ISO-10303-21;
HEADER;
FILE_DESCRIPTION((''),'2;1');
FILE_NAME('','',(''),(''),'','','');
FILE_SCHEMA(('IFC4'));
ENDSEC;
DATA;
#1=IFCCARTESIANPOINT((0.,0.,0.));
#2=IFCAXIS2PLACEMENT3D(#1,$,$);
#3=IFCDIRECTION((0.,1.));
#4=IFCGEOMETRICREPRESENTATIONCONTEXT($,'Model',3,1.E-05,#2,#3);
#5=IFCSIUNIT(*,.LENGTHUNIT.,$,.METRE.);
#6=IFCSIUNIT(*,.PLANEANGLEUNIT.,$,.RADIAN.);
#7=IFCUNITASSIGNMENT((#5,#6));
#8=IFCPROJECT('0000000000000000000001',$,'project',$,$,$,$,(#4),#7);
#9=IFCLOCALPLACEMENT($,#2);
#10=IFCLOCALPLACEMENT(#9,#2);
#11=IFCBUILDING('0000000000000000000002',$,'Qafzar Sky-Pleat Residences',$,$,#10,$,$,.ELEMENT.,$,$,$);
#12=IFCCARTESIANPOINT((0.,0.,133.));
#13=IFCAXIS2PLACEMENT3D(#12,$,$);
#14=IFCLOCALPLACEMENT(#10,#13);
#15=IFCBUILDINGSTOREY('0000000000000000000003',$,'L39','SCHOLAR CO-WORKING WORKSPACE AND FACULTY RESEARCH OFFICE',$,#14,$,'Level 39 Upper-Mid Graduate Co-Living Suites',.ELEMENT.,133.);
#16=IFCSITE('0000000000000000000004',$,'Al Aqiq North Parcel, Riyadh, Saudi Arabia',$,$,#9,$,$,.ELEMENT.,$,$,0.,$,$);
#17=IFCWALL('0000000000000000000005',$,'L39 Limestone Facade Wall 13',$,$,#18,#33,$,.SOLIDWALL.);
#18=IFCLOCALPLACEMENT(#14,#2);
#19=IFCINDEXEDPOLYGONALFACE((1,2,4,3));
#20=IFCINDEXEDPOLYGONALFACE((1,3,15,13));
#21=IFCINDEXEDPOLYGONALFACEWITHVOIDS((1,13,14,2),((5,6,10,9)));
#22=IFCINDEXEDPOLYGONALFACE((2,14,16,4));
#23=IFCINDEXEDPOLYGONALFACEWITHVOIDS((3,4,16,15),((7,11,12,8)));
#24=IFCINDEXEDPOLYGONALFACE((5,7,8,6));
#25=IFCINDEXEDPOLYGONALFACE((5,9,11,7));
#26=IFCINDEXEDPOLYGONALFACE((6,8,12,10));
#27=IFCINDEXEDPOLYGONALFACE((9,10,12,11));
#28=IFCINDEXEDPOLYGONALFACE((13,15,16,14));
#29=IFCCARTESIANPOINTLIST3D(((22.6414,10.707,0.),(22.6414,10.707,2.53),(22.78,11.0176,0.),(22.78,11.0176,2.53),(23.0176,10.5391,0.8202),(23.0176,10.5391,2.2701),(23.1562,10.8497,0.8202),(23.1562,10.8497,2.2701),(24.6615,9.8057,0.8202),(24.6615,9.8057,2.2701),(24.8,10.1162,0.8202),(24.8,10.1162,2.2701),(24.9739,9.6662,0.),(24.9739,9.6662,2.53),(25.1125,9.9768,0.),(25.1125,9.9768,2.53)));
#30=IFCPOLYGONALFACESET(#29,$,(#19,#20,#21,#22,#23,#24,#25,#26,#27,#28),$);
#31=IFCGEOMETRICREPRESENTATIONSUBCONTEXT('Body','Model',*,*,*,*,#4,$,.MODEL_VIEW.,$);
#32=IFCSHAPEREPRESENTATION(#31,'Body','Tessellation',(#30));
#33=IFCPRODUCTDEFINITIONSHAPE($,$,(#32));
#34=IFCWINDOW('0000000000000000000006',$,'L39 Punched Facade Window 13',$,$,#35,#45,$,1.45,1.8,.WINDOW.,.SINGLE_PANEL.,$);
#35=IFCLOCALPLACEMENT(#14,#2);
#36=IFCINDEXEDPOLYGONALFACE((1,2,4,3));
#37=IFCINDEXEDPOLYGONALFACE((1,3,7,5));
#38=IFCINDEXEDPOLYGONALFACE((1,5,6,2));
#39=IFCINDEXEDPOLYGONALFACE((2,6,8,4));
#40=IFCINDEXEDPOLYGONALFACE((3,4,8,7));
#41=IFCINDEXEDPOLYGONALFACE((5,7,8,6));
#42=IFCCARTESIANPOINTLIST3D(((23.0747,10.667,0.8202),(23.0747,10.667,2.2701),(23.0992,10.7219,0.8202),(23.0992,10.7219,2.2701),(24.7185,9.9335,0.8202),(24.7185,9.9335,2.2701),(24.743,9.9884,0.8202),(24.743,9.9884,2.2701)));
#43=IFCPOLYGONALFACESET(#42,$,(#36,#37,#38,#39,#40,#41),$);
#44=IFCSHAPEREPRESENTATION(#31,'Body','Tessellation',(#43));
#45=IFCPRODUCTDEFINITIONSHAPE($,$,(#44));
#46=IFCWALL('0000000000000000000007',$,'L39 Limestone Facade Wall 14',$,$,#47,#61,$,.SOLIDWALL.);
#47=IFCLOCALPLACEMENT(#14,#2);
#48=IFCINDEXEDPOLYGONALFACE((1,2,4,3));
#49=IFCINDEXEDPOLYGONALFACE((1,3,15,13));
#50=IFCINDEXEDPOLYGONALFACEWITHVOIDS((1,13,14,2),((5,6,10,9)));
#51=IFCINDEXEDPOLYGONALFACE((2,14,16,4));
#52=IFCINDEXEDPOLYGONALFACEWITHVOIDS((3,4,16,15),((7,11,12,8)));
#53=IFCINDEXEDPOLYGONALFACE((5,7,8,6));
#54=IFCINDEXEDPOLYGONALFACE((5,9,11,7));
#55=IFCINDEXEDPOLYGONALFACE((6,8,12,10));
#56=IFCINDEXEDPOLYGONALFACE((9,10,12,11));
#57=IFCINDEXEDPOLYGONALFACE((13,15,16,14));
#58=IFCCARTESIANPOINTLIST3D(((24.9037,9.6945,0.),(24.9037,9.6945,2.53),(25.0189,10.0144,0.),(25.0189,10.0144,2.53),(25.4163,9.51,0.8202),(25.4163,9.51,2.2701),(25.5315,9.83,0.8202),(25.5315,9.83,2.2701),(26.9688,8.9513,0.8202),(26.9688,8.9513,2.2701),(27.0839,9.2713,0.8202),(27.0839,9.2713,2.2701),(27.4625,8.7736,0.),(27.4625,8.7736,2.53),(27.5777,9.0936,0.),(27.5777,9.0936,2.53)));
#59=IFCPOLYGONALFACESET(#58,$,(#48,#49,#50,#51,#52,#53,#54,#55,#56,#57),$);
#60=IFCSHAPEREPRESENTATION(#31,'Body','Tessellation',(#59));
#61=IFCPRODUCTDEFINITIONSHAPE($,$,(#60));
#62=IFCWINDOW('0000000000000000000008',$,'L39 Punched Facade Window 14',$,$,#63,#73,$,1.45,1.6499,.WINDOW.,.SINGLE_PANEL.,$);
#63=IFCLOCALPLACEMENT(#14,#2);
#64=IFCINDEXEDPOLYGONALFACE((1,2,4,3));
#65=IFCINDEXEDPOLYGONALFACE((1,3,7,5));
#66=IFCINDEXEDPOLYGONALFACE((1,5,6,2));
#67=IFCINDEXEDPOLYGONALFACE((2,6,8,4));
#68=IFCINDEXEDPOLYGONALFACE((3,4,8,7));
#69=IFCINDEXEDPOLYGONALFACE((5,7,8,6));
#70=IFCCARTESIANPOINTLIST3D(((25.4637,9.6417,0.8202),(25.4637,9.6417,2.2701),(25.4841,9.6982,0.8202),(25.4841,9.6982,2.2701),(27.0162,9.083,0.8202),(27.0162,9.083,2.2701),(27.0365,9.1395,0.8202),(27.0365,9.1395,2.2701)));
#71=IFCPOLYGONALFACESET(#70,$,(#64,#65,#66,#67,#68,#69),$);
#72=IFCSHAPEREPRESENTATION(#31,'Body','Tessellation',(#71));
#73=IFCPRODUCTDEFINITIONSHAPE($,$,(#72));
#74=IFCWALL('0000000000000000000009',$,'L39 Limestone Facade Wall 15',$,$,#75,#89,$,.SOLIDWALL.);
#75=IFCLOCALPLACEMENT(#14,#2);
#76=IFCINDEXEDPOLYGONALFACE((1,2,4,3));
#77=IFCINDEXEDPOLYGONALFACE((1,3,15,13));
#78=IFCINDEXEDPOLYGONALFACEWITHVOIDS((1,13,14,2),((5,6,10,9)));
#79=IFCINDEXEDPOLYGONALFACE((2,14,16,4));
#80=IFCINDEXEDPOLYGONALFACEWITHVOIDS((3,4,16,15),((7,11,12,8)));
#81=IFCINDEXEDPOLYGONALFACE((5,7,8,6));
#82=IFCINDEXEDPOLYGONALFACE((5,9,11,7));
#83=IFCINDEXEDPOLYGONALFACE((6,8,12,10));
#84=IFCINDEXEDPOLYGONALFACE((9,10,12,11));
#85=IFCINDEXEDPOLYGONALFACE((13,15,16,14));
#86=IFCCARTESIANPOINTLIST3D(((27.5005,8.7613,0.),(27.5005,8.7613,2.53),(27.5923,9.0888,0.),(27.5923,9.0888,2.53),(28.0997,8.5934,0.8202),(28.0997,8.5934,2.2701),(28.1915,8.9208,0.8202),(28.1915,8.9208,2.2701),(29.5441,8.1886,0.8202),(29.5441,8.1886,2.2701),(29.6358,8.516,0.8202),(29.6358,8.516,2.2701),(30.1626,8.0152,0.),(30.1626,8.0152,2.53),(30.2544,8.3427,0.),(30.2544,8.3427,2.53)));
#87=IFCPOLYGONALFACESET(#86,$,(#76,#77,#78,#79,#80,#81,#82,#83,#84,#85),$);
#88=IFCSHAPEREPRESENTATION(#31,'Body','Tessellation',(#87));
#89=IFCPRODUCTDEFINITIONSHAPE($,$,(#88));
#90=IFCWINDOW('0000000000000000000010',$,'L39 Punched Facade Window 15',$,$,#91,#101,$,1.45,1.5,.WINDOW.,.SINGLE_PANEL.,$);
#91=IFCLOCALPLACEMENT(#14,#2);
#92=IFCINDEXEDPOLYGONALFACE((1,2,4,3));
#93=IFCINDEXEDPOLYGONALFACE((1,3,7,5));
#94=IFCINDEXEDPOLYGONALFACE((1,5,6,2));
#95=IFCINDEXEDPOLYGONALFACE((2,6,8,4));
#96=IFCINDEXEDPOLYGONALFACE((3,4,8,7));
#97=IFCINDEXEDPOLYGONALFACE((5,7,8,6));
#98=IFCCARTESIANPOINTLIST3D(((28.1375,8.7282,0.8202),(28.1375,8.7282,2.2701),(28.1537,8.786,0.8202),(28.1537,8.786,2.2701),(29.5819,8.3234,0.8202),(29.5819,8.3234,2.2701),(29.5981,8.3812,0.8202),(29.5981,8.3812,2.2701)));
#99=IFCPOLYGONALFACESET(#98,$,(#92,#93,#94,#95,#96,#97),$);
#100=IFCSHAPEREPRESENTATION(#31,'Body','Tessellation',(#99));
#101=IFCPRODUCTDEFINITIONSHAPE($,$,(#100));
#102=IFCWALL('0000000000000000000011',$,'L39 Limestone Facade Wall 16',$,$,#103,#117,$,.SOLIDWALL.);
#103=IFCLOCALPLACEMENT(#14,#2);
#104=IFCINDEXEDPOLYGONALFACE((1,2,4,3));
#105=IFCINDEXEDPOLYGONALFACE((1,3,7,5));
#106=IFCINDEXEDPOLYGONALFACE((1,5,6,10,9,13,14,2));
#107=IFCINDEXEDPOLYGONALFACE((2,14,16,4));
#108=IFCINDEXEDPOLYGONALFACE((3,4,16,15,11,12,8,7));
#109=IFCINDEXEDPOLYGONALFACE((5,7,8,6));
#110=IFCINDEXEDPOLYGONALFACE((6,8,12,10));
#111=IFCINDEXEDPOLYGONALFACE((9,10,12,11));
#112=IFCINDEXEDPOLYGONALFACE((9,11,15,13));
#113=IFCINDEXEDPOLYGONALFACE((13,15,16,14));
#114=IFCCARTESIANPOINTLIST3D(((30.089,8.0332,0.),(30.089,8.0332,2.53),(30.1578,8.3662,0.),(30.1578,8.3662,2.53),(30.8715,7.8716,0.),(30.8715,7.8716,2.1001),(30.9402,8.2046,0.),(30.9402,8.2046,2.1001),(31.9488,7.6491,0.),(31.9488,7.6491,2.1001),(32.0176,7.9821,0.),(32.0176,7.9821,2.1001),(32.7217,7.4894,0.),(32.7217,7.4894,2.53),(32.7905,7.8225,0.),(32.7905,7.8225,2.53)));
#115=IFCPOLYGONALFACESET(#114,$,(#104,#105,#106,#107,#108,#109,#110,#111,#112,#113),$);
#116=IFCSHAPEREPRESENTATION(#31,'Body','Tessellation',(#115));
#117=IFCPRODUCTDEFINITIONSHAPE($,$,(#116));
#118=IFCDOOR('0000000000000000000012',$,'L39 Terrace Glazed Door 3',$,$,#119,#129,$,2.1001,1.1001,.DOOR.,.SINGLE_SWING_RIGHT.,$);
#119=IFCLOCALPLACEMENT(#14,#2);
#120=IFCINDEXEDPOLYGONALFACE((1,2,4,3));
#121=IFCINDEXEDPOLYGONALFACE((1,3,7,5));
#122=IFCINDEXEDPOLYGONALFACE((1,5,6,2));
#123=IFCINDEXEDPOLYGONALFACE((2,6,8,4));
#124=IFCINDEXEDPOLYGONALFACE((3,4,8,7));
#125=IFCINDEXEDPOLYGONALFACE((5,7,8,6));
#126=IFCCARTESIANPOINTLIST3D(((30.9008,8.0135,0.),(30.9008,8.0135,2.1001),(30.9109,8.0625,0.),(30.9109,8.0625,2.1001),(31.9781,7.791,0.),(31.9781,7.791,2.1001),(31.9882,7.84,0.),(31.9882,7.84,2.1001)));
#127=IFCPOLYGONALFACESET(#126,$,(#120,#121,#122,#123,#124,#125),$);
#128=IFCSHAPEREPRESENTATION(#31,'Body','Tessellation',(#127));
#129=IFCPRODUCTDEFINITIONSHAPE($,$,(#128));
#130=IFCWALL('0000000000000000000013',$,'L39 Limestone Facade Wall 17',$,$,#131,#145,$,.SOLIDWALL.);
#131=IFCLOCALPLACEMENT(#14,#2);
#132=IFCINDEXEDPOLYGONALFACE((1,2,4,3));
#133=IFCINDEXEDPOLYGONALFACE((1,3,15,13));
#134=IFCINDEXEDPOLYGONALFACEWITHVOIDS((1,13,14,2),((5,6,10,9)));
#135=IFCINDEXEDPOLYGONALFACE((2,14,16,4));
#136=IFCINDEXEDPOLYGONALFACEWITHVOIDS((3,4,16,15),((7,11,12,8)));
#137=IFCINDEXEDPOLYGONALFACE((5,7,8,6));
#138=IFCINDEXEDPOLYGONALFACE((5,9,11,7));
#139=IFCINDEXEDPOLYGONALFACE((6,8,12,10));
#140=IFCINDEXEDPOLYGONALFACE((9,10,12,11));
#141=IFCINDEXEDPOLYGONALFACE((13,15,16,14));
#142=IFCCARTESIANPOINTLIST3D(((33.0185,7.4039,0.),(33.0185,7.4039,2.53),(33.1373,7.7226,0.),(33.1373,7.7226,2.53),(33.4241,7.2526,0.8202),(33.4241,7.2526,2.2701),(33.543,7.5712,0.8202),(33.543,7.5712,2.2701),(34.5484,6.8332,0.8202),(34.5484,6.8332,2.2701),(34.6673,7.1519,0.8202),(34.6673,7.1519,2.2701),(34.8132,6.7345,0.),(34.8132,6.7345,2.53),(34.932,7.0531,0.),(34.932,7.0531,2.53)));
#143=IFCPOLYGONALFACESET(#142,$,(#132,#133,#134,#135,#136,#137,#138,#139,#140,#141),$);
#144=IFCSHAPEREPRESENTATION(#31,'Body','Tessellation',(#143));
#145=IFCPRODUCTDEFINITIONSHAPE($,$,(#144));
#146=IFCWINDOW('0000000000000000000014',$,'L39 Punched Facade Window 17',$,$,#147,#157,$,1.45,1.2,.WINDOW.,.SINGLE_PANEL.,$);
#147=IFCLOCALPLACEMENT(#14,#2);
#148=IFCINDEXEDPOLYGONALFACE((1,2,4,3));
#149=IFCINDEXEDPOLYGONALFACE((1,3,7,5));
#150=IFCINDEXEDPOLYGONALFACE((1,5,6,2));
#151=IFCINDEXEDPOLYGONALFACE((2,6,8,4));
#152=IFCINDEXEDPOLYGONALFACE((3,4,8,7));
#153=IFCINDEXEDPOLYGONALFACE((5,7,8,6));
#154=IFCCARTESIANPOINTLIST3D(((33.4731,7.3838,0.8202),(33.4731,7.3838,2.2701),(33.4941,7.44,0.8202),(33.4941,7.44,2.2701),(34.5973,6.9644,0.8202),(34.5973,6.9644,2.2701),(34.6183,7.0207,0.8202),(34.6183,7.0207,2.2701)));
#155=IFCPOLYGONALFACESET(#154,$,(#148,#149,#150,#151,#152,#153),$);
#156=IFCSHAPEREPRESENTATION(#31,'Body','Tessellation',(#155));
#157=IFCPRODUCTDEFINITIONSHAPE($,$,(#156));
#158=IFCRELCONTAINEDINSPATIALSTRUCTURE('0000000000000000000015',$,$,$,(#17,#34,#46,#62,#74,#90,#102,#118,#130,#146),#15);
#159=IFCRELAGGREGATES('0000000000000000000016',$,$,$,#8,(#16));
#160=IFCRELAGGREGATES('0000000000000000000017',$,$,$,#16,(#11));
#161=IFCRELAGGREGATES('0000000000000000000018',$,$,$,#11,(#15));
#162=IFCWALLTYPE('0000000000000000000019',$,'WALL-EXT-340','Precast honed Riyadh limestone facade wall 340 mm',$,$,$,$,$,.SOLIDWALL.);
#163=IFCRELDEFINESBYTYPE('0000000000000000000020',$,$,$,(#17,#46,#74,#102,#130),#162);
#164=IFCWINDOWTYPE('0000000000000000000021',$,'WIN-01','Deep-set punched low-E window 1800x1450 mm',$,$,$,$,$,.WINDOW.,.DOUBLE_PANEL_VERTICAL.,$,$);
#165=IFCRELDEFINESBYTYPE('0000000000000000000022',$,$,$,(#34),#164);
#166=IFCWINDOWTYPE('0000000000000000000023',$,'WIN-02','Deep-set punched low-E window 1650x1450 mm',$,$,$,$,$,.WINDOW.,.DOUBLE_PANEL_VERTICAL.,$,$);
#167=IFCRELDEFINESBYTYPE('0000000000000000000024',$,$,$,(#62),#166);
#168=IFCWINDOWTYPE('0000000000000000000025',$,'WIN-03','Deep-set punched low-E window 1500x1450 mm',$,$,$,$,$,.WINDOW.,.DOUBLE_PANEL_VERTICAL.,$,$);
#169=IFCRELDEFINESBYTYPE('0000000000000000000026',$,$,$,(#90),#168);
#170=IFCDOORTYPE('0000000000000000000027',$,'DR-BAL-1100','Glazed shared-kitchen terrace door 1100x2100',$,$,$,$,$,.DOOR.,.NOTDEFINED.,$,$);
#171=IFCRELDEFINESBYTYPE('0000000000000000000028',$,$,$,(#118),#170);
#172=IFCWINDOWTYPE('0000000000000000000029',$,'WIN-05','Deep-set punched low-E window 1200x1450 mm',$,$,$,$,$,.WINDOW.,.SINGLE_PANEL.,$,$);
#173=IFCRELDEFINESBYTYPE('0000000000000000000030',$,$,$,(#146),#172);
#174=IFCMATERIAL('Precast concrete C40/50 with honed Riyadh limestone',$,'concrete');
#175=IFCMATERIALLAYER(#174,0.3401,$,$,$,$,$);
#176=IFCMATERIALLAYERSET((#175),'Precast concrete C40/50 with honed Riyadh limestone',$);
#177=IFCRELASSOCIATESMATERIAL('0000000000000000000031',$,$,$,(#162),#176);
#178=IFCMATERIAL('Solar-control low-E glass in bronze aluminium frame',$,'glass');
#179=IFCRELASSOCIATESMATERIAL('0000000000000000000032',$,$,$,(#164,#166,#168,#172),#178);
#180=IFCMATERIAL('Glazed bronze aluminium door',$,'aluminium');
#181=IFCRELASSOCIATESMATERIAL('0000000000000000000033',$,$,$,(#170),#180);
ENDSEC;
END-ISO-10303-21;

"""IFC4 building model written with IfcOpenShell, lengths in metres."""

from ifc_helpers import new_model, si_unit, direction, frame, frame_2d, origin, place, context, subcontext, project, spatial, rectangle, extrude, source, transform, mapped, material, layer, layer_set, type_object, element, fill, save


model = new_model("IFC4")

# Units and contexts
model_context = context("Model", 3, precision=1e-05, world=origin(), true_north=direction((0.0, 1.0)))
body_context = subcontext(model_context, "Body", "Model", "MODEL_VIEW")
ifc_project = project(units=[si_unit("LENGTHUNIT", "METRE"), si_unit("PLANEANGLEUNIT", "RADIAN")], contexts=[model_context])

# Site, building, storey
site_placement = place(None, origin())
site = spatial("IfcSite", under=ifc_project, at=site_placement, Name="Al Aqiq North Parcel, Riyadh, Saudi Arabia", CompositionType="ELEMENT", RefElevation=0.0)
building_placement = place(site_placement, origin())
building = spatial("IfcBuilding", under=site, at=building_placement, Name="Qafzar Sky-Pleat Residences", CompositionType="ELEMENT")
storey_placement = place(building_placement, frame((0.0, 0.0, 133.0)))
storey = spatial("IfcBuildingStorey", under=building, at=storey_placement, Name="L39", Description="SCHOLAR CO-WORKING WORKSPACE AND FACULTY RESEARCH OFFICE", LongName="Level 39 Upper-Mid Graduate Co-Living Suites", CompositionType="ELEMENT", Elevation=133.0)

# Walls, openings, windows
ifc_material_1 = material(Name="Precast concrete C40/50 with honed Riyadh limestone", Category="concrete")
ifc_layer_1 = layer(ifc_material_1, 0.3401)
ifc_layer_set_1 = layer_set([ifc_layer_1], Name="Precast concrete C40/50 with honed Riyadh limestone")
wall_type_1 = type_object("IfcWallType", Name="WALL-EXT-340", Description="Precast honed Riyadh limestone facade wall 340 mm", PredefinedType="SOLIDWALL", material=ifc_layer_set_1)
wall_1_placement = place(storey_placement, frame((22.7107, 10.8623, 0.0), z_axis=(0.0, 0.0, 1.0), x_axis=(0.913215, -0.407477, 0.0)))
wall_1 = element("IfcWall", 1, at=wall_1_placement, inside=storey, type_object=wall_type_1, Name="L39 Limestone Facade Wall 13", PredefinedType="SOLIDWALL", context=body_context, shape_type="SweptSolid", body=[
    extrude(rectangle(XDim=2.5542, YDim=0.3401, at=frame_2d((1.2771, 0.0))), origin(), (0.0, 0.0, 1.0), 2.53),
])
opening_1_placement = place(wall_1_placement, frame((0.4121, 0.0, 0.8201)))
opening_1 = element("IfcOpeningElement", 2, at=opening_1_placement, cuts=wall_1, PredefinedType="OPENING", context=body_context, shape_type="SweptSolid", body=[
    extrude(rectangle(XDim=1.8, YDim=1.45, at=frame_2d((0.8999, 0.7251))), frame((0.0, 0.1802, 0.0), z_axis=(0.0, -1.0, 0.0), x_axis=(1.0, 0.0, 0.0)), (0.0, 0.0, 1.0), 0.3601),
])
ifc_material_2 = material(Name="Solar-control low-E glass in bronze aluminium frame", Category="glass")
window_type_1 = type_object("IfcWindowType", Name="WIN-01", Description="Deep-set punched low-E window 1800x1450 mm", PartitioningType="DOUBLE_PANEL_VERTICAL", PredefinedType="WINDOW", material=ifc_material_2)
shared_shape_1 = source(origin(), body_context, "Body", "SweptSolid", [
    extrude(rectangle(XDim=1.8, YDim=1.45, at=frame_2d((0.8999, 0.7251))), frame((0.0, 0.03, 0.0), z_axis=(0.0, -1.0, 0.0), x_axis=(1.0, 0.0, 0.0)), (0.0, 0.0, 1.0), 0.0601),
])
window_1_placement = place(opening_1_placement, origin())
window_1 = element("IfcWindow", 3, at=window_1_placement, inside=storey, type_object=window_type_1, Name="L39 Punched Facade Window 13", OverallHeight=1.45, OverallWidth=1.8, PartitioningType="SINGLE_PANEL", PredefinedType="WINDOW", context=body_context, shape_type="MappedRepresentation", body=[
    mapped(shared_shape_1, transform((0.0, 0.0, 0.0), x_axis=(1.0, 0.0, 0.0), y_axis=(0.0, 1.0, 0.0), z_axis=(0.0, 0.0, 1.0), scale=1.0)),
])
fill(opening_1, window_1)
wall_2_placement = place(storey_placement, frame((24.9612, 9.8545, 0.0), z_axis=(0.0, 0.0, 1.0), x_axis=(0.940921, -0.338627, 0.0)))
wall_2 = element("IfcWall", 4, at=wall_2_placement, inside=storey, type_object=wall_type_1, Name="L39 Limestone Facade Wall 14", PredefinedType="SOLIDWALL", context=body_context, shape_type="SweptSolid", body=[
    extrude(rectangle(XDim=2.7195, YDim=0.3401, at=frame_2d((1.3599, 0.0))), origin(), (0.0, 0.0, 1.0), 2.53),
])
opening_2_placement = place(wall_2_placement, frame((0.5449, 0.0, 0.8201)))
opening_2 = element("IfcOpeningElement", 5, at=opening_2_placement, cuts=wall_2, PredefinedType="OPENING", context=body_context, shape_type="SweptSolid", body=[
    extrude(rectangle(XDim=1.6499, YDim=1.45, at=frame_2d((0.825, 0.7251))), frame((0.0, 0.1802, 0.0), z_axis=(0.0, -1.0, 0.0), x_axis=(1.0, 0.0, 0.0)), (0.0, 0.0, 1.0), 0.3601),
])
window_type_2 = type_object("IfcWindowType", Name="WIN-02", Description="Deep-set punched low-E window 1650x1450 mm", PartitioningType="DOUBLE_PANEL_VERTICAL", PredefinedType="WINDOW", material=ifc_material_2)
shared_shape_2 = source(origin(), body_context, "Body", "SweptSolid", [
    extrude(rectangle(XDim=1.6499, YDim=1.45, at=frame_2d((0.825, 0.7251))), frame((0.0, 0.03, 0.0), z_axis=(0.0, -1.0, 0.0), x_axis=(1.0, 0.0, 0.0)), (0.0, 0.0, 1.0), 0.0601),
])
window_2_placement = place(opening_2_placement, origin())
window_2 = element("IfcWindow", 6, at=window_2_placement, inside=storey, type_object=window_type_2, Name="L39 Punched Facade Window 14", OverallHeight=1.45, OverallWidth=1.6499, PartitioningType="SINGLE_PANEL", PredefinedType="WINDOW", context=body_context, shape_type="MappedRepresentation", body=[
    mapped(shared_shape_2, transform((0.0, 0.0, 0.0), x_axis=(1.0, 0.0, 0.0), y_axis=(0.0, 1.0, 0.0), z_axis=(0.0, 0.0, 1.0), scale=1.0)),
])
fill(opening_2, window_2)
wall_3_placement = place(storey_placement, frame((27.5464, 8.925, 0.0), z_axis=(0.0, 0.0, 1.0), x_axis=(0.962898, -0.269866, 0.0)))
wall_3 = element("IfcWall", 7, at=wall_3_placement, inside=storey, type_object=wall_type_1, Name="L39 Limestone Facade Wall 15", PredefinedType="SOLIDWALL", context=body_context, shape_type="SweptSolid", body=[
    extrude(rectangle(XDim=2.7646, YDim=0.3401, at=frame_2d((1.3823, 0.0))), origin(), (0.0, 0.0, 1.0), 2.53),
])
opening_3_placement = place(wall_3_placement, frame((0.6223, 0.0, 0.8201)))
opening_3 = element("IfcOpeningElement", 8, at=opening_3_placement, cuts=wall_3, PredefinedType="OPENING", context=body_context, shape_type="SweptSolid", body=[
    extrude(rectangle(XDim=1.5, YDim=1.45, at=frame_2d((0.75, 0.7251))), frame((0.0, 0.1802, 0.0), z_axis=(0.0, -1.0, 0.0), x_axis=(1.0, 0.0, 0.0)), (0.0, 0.0, 1.0), 0.3601),
])
window_type_3 = type_object("IfcWindowType", Name="WIN-03", Description="Deep-set punched low-E window 1500x1450 mm", PartitioningType="DOUBLE_PANEL_VERTICAL", PredefinedType="WINDOW", material=ifc_material_2)
shared_shape_3 = source(origin(), body_context, "Body", "SweptSolid", [
    extrude(rectangle(XDim=1.5, YDim=1.45, at=frame_2d((0.75, 0.7251))), frame((0.0, 0.03, 0.0), z_axis=(0.0, -1.0, 0.0), x_axis=(1.0, 0.0, 0.0)), (0.0, 0.0, 1.0), 0.0601),
])
window_3_placement = place(opening_3_placement, origin())
window_3 = element("IfcWindow", 9, at=window_3_placement, inside=storey, type_object=window_type_3, Name="L39 Punched Facade Window 15", OverallHeight=1.45, OverallWidth=1.5, PartitioningType="SINGLE_PANEL", PredefinedType="WINDOW", context=body_context, shape_type="MappedRepresentation", body=[
    mapped(shared_shape_3, transform((0.0, 0.0, 0.0), x_axis=(1.0, 0.0, 0.0), y_axis=(0.0, 1.0, 0.0), z_axis=(0.0, 0.0, 1.0), scale=1.0)),
])
fill(opening_3, window_3)

# Wall, opening, door
wall_4_placement = place(storey_placement, frame((30.1233, 8.1997, 0.0), z_axis=(0.0, 0.0, 1.0), x_axis=(0.979332, -0.20226, 0.0)))
wall_4 = element("IfcWall", 10, at=wall_4_placement, inside=storey, type_object=wall_type_1, Name="L39 Limestone Facade Wall 16", PredefinedType="SOLIDWALL", context=body_context, shape_type="SweptSolid", body=[
    extrude(rectangle(XDim=2.6882, YDim=0.3401, at=frame_2d((1.3442, 0.0))), origin(), (0.0, 0.0, 1.0), 2.53),
])
opening_4_placement = place(wall_4_placement, frame((0.7991, 0.0, 0.0)))
opening_4 = element("IfcOpeningElement", 11, at=opening_4_placement, cuts=wall_4, PredefinedType="OPENING", context=body_context, shape_type="SweptSolid", body=[
    extrude(rectangle(XDim=1.1001, YDim=2.1001, at=frame_2d((0.55, 1.05))), frame((0.0, 0.1802, 0.0), z_axis=(0.0, -1.0, 0.0), x_axis=(1.0, 0.0, 0.0)), (0.0, 0.0, 1.0), 0.3601),
])
ifc_material_3 = material(Name="Glazed bronze aluminium door", Category="aluminium")
door_type = type_object("IfcDoorType", Name="DR-BAL-1100", Description="Glazed shared-kitchen terrace door 1100x2100", OperationType="NOTDEFINED", PredefinedType="DOOR", material=ifc_material_3)
shared_shape_4 = source(origin(), body_context, "Body", "SweptSolid", [
    extrude(rectangle(XDim=1.1001, YDim=2.1001, at=frame_2d((0.55, 1.05))), frame((0.0, 0.0249, 0.0), z_axis=(0.0, -1.0, 0.0), x_axis=(1.0, 0.0, 0.0)), (0.0, 0.0, 1.0), 0.05),
])
door_placement = place(opening_4_placement, origin())
door = element("IfcDoor", 12, at=door_placement, inside=storey, type_object=door_type, Name="L39 Terrace Glazed Door 3", OperationType="SINGLE_SWING_RIGHT", OverallHeight=2.1001, OverallWidth=1.1001, PredefinedType="DOOR", context=body_context, shape_type="MappedRepresentation", body=[
    mapped(shared_shape_4, transform((0.0, 0.0, 0.0), x_axis=(1.0, 0.0, 0.0), y_axis=(0.0, 1.0, 0.0), z_axis=(0.0, 0.0, 1.0), scale=1.0)),
])
fill(opening_4, door)

# Wall, opening, window
wall_5_placement = place(storey_placement, frame((33.0779, 7.5632, 0.0), z_axis=(0.0, 0.0, 1.0), x_axis=(0.936941, -0.349489, 0.0)))
wall_5 = element("IfcWall", 13, at=wall_5_placement, inside=storey, type_object=wall_type_1, Name="L39 Limestone Facade Wall 17", PredefinedType="SOLIDWALL", context=body_context, shape_type="SweptSolid", body=[
    extrude(rectangle(XDim=1.9155, YDim=0.3401, at=frame_2d((0.9578, 0.0))), origin(), (0.0, 0.0, 1.0), 2.53),
])
opening_5_placement = place(wall_5_placement, frame((0.4329, 0.0, 0.8201)))
opening_5 = element("IfcOpeningElement", 14, at=opening_5_placement, cuts=wall_5, PredefinedType="OPENING", context=body_context, shape_type="SweptSolid", body=[
    extrude(rectangle(XDim=1.2, YDim=1.45, at=frame_2d((0.6001, 0.7251))), frame((0.0, 0.1802, 0.0), z_axis=(0.0, -1.0, 0.0), x_axis=(1.0, 0.0, 0.0)), (0.0, 0.0, 1.0), 0.3601),
])
window_type_4 = type_object("IfcWindowType", Name="WIN-05", Description="Deep-set punched low-E window 1200x1450 mm", PartitioningType="SINGLE_PANEL", PredefinedType="WINDOW", material=ifc_material_2)
shared_shape_5 = source(origin(), body_context, "Body", "SweptSolid", [
    extrude(rectangle(XDim=1.2, YDim=1.45, at=frame_2d((0.6001, 0.7251))), frame((0.0, 0.03, 0.0), z_axis=(0.0, -1.0, 0.0), x_axis=(1.0, 0.0, 0.0)), (0.0, 0.0, 1.0), 0.0601),
])
window_4_placement = place(opening_5_placement, origin())
window_4 = element("IfcWindow", 15, at=window_4_placement, inside=storey, type_object=window_type_4, Name="L39 Punched Facade Window 17", OverallHeight=1.45, OverallWidth=1.2, PartitioningType="SINGLE_PANEL", PredefinedType="WINDOW", context=body_context, shape_type="MappedRepresentation", body=[
    mapped(shared_shape_5, transform((0.0, 0.0, 0.0), x_axis=(1.0, 0.0, 0.0), y_axis=(0.0, 1.0, 0.0), z_axis=(0.0, 0.0, 1.0), scale=1.0)),
])
fill(opening_5, window_4)

save(model, "model.ifc")
